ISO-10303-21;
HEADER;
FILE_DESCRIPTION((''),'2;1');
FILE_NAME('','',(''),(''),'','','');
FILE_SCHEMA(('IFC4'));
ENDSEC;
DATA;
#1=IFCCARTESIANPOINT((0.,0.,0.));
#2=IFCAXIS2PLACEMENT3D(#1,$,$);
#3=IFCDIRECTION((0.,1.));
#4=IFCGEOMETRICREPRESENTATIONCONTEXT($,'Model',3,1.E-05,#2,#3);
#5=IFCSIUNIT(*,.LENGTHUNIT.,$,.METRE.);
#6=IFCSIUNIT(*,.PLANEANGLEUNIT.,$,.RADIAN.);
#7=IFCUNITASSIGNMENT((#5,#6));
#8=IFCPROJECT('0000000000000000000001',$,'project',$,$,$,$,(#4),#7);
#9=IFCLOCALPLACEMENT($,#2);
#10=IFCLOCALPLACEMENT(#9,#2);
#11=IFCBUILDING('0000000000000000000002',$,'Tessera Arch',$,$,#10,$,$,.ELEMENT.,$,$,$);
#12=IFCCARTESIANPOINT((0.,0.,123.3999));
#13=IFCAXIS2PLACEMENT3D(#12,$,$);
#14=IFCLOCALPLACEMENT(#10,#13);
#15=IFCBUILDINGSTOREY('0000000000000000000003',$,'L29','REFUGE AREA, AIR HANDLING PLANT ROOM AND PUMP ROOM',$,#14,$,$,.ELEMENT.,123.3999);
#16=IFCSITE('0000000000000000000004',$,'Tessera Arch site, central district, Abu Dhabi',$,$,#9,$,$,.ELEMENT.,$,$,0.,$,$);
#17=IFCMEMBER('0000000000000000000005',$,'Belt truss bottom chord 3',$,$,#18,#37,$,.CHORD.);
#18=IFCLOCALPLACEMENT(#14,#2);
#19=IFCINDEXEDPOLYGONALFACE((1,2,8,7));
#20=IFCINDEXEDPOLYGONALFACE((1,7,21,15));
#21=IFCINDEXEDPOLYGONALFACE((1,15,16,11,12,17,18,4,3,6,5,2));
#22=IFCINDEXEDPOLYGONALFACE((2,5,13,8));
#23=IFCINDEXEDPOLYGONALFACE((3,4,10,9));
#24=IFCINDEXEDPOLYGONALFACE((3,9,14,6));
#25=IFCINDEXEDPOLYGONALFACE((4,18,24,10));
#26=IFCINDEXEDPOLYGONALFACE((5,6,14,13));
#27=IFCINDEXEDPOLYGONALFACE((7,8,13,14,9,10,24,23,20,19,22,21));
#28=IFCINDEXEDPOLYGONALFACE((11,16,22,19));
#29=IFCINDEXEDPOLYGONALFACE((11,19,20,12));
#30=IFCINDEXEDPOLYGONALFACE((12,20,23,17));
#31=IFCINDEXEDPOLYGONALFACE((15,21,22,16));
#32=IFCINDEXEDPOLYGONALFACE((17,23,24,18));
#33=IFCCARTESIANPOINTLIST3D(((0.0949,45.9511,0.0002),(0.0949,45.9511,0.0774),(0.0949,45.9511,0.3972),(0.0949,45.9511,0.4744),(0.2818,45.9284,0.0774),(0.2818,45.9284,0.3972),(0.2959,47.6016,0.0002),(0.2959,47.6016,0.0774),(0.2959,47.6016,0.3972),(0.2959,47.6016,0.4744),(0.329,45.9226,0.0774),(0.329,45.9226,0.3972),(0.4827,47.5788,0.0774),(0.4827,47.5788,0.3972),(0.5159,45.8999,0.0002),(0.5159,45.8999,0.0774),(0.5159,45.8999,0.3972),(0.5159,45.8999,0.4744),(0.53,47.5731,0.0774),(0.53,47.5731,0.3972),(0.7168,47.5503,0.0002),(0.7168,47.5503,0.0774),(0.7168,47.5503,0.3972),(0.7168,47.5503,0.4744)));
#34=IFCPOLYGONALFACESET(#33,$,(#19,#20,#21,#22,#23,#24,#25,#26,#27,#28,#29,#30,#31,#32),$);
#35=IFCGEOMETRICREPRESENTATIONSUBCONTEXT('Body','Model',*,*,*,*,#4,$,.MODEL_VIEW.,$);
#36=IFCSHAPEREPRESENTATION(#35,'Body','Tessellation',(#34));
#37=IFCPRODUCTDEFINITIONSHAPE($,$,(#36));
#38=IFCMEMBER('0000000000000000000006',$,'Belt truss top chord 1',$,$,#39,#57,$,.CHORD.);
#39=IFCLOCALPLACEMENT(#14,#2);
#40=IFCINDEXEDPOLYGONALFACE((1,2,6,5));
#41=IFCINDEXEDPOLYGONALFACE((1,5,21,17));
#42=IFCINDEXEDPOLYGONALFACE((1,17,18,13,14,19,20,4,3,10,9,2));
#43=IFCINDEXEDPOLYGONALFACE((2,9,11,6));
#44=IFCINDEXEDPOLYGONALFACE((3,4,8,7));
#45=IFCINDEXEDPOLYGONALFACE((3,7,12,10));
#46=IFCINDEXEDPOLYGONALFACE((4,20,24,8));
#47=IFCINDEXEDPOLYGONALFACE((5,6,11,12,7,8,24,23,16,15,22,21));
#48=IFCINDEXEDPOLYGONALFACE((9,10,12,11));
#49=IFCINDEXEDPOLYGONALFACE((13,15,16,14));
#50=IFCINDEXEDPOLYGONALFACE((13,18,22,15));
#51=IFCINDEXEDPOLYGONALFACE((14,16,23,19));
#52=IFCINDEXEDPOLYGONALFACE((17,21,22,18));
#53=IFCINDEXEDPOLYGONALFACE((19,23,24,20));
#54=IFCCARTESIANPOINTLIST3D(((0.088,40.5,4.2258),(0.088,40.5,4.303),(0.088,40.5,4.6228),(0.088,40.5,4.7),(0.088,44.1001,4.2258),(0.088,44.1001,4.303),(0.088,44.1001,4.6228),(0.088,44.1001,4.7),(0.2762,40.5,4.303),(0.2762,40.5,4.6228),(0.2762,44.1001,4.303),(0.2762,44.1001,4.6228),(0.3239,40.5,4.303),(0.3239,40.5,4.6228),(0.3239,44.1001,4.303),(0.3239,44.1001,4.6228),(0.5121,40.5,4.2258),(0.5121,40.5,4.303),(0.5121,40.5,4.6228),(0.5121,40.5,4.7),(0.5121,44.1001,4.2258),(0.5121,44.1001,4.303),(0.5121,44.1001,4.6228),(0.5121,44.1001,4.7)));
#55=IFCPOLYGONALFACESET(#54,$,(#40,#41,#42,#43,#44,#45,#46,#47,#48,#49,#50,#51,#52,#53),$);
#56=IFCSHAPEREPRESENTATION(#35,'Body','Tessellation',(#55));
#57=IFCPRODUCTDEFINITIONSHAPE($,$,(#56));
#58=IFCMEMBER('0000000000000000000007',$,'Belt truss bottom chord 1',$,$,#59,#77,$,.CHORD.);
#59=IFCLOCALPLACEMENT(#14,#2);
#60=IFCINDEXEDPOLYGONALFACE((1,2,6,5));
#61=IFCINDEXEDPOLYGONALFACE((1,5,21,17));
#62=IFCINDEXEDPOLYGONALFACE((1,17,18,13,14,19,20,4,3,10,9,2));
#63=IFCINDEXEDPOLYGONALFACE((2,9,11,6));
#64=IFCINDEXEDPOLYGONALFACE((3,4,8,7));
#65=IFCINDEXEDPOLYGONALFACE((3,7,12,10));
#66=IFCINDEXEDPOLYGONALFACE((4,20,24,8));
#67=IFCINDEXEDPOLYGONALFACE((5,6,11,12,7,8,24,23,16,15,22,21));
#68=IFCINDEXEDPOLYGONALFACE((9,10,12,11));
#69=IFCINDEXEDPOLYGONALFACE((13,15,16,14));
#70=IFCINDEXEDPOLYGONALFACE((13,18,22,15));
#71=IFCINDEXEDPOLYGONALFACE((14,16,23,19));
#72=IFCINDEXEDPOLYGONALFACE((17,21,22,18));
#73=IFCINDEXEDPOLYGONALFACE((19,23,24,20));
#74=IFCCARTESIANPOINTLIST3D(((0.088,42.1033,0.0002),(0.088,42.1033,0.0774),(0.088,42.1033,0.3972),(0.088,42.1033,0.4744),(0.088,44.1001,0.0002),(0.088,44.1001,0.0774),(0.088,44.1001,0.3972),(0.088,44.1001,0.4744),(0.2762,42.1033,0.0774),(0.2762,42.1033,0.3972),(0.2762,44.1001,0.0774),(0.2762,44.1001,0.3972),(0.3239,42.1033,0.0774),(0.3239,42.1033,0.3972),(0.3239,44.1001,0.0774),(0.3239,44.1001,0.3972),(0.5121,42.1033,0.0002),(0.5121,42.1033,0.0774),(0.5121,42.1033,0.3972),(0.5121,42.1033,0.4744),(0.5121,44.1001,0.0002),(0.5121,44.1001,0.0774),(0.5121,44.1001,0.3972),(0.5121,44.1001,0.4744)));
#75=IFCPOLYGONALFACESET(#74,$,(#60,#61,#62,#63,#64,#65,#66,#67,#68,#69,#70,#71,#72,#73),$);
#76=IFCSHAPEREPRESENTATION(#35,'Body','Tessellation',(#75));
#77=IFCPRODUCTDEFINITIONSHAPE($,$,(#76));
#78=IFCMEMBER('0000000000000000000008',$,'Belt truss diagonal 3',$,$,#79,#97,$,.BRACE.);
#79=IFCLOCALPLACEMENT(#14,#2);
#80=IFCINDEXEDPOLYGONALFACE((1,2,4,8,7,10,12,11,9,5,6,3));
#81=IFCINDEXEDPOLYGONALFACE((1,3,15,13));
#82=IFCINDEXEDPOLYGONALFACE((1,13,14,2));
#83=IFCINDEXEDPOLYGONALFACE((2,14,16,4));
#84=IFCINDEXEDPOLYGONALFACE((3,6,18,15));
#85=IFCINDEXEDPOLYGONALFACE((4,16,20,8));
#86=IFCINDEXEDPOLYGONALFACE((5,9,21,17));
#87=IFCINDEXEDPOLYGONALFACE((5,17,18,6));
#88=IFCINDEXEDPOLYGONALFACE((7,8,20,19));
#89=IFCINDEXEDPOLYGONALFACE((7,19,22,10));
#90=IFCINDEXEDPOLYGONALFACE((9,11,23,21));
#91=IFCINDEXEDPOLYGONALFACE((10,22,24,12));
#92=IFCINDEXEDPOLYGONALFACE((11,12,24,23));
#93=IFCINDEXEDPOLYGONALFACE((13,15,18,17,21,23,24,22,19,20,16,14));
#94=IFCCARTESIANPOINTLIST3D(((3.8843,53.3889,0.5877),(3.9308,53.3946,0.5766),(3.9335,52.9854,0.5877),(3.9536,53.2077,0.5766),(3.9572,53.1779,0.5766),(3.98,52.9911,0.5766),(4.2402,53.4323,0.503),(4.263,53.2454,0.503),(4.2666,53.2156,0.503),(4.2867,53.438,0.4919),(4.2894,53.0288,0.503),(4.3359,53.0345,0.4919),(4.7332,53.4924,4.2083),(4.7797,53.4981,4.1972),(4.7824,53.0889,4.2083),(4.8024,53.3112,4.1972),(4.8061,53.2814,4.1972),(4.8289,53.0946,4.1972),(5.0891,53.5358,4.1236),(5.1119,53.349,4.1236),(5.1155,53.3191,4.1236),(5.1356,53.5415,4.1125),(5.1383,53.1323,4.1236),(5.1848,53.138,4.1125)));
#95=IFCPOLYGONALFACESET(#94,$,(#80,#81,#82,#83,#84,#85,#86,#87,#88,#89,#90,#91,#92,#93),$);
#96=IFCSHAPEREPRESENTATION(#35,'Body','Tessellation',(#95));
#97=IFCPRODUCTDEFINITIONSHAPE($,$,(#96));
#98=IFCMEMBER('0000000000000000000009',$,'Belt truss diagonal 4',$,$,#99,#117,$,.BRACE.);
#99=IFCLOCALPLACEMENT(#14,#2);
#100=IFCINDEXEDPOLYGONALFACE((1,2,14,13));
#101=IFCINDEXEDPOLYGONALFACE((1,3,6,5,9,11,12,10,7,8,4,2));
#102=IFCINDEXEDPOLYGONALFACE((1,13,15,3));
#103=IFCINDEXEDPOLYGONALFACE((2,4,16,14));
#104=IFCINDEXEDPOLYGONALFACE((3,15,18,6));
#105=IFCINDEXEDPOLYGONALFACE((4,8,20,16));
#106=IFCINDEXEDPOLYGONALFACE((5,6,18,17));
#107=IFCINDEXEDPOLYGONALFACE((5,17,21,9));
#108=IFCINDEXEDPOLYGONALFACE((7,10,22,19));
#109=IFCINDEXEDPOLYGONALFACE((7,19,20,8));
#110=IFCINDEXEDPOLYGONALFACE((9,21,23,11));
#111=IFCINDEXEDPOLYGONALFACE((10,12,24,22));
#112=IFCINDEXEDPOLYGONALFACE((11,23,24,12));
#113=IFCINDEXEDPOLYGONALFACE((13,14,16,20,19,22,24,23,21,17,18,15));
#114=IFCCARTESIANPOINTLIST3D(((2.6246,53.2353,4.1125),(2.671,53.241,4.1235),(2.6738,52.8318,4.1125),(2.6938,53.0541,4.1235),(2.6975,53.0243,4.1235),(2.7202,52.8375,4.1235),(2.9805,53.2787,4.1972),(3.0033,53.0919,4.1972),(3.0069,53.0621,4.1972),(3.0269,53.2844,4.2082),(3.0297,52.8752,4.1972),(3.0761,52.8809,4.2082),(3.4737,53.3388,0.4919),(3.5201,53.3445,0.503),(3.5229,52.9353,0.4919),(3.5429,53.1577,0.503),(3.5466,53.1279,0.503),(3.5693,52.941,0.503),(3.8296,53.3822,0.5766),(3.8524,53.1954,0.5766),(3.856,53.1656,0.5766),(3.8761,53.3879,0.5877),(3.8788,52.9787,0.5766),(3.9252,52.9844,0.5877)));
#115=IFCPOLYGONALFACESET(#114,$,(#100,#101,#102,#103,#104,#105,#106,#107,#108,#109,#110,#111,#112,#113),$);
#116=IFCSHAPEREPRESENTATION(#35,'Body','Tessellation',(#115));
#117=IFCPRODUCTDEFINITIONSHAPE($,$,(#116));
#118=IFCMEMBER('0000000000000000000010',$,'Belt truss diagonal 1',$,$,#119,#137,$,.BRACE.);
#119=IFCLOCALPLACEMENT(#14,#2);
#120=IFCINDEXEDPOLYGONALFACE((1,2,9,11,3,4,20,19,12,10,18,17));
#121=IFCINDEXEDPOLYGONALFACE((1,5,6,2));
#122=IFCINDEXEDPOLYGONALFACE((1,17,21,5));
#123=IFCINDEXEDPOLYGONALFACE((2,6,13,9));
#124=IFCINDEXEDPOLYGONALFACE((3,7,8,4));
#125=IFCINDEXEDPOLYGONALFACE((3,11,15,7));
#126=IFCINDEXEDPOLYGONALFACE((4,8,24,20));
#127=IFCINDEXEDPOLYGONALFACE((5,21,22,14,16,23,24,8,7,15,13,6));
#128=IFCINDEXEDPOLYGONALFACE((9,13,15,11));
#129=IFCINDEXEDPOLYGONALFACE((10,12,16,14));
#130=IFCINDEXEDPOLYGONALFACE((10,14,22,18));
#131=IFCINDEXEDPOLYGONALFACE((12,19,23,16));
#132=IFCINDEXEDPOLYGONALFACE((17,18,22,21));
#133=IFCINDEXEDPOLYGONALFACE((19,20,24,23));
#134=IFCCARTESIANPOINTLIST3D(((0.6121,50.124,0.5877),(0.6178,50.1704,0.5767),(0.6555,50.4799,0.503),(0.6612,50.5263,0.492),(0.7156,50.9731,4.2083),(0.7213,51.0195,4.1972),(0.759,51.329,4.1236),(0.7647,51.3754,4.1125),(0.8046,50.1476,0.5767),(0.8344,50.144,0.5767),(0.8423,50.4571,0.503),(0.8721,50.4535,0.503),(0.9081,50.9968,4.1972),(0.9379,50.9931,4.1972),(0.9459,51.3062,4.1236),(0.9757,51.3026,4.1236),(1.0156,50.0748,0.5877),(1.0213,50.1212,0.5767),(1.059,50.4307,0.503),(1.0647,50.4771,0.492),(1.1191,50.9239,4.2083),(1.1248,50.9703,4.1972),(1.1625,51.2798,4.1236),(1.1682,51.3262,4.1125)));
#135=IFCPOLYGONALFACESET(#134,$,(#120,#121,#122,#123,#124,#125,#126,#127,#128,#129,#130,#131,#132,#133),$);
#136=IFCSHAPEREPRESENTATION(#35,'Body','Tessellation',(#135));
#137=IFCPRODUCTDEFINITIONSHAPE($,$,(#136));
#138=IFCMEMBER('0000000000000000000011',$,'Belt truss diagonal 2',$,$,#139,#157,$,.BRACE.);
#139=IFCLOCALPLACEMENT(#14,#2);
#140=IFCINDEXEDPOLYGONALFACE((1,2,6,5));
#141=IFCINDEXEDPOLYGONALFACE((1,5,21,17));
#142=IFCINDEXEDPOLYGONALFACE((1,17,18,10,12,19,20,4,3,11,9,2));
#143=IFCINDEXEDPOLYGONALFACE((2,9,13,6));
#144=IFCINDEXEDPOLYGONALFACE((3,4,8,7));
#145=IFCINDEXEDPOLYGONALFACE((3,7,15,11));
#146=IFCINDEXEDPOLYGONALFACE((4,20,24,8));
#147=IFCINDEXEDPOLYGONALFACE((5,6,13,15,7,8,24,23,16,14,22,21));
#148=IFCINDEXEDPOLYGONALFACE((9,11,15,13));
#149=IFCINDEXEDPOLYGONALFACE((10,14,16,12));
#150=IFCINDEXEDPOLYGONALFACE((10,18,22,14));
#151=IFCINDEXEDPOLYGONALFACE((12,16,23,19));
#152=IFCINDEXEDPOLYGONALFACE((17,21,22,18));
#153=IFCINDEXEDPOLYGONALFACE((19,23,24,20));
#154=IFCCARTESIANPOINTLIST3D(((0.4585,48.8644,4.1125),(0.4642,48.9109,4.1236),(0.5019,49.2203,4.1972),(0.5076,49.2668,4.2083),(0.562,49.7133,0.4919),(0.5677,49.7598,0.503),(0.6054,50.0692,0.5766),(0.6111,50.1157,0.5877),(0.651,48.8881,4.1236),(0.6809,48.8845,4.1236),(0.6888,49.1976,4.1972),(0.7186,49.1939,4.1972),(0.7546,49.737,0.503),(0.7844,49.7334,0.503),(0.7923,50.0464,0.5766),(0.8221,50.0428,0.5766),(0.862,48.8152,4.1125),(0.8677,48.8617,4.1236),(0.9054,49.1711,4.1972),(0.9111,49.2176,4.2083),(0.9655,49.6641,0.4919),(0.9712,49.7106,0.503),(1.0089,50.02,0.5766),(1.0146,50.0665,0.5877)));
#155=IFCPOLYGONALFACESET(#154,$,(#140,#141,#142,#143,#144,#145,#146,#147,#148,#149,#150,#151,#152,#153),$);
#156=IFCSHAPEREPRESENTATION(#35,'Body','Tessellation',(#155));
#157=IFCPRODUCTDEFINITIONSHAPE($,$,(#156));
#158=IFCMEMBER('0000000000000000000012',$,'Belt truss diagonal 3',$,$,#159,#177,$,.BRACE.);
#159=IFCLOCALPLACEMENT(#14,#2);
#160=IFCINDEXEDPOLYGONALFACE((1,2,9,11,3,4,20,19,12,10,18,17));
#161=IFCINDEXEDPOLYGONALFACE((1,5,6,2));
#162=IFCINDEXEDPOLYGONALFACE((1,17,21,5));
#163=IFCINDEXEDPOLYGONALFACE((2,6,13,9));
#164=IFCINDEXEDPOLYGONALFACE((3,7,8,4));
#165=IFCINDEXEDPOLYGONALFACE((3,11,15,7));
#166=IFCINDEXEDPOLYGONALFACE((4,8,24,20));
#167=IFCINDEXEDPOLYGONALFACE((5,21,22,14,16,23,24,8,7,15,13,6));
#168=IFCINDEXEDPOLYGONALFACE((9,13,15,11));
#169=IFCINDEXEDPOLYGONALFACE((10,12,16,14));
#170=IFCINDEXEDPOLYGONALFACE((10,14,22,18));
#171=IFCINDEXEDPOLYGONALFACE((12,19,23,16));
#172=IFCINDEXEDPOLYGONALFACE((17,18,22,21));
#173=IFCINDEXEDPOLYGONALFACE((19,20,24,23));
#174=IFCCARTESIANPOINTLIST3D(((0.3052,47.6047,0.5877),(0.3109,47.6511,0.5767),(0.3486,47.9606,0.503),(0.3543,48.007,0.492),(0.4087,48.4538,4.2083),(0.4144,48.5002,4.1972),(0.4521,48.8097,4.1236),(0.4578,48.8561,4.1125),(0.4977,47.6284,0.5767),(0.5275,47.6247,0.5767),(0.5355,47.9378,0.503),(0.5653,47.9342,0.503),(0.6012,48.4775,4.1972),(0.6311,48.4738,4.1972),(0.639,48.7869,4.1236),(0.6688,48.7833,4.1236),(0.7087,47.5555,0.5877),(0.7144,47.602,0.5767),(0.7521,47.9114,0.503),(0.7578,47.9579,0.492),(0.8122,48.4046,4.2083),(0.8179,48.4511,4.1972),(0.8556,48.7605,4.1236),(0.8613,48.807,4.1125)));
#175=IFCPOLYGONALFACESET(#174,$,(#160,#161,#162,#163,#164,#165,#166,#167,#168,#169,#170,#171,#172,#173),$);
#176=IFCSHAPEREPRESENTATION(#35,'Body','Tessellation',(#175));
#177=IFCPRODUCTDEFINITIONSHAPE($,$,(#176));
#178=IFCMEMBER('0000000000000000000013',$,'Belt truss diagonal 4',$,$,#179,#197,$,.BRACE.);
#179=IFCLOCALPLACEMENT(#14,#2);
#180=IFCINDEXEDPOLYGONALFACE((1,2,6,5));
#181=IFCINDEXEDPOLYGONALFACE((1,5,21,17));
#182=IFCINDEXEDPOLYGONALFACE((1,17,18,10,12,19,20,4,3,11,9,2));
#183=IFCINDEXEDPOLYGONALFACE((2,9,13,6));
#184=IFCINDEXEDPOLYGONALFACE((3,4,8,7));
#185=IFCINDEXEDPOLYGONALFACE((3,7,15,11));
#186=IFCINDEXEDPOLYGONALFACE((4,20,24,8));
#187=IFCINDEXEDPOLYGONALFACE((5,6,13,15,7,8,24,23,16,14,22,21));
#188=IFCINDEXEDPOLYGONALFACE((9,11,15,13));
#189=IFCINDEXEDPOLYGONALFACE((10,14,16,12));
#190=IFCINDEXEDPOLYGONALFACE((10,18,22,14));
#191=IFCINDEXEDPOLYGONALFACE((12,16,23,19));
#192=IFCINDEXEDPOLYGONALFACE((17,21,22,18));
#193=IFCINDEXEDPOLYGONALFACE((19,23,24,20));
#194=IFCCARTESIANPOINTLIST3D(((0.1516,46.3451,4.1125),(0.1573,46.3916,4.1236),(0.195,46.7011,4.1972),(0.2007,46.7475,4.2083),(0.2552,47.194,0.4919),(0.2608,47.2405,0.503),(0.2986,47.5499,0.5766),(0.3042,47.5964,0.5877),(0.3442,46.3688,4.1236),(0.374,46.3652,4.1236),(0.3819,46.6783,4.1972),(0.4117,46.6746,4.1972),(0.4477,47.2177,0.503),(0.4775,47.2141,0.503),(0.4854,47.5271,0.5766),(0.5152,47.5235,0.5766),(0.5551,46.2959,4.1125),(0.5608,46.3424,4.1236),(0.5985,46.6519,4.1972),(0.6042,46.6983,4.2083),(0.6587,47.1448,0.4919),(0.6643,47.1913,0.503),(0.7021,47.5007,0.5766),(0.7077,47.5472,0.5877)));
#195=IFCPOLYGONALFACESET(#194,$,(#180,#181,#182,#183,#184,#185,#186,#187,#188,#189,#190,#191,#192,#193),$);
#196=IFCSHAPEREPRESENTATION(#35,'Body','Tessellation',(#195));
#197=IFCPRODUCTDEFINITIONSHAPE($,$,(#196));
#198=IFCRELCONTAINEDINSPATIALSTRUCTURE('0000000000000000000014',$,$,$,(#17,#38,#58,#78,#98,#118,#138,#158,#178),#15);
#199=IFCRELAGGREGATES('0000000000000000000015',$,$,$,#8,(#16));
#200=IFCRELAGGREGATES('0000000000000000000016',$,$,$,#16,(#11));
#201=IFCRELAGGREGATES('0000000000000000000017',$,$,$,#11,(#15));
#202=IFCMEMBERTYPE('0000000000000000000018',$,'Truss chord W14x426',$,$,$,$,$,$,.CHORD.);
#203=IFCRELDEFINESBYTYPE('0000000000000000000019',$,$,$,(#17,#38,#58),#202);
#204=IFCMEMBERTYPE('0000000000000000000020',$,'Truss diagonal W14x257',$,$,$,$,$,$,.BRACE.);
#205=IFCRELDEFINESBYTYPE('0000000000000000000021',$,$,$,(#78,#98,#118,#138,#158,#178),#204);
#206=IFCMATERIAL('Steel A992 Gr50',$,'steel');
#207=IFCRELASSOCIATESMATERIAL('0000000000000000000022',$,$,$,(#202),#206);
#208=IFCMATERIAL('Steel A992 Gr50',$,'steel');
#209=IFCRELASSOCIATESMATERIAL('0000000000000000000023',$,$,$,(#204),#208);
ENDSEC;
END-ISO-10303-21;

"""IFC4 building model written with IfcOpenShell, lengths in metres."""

from ifc_helpers import new_model, si_unit, direction, frame, origin, origin_2d, place, context, subcontext, project, spatial, i_section, extrude, material, material_profile, profile_set, type_object, element, save


model = new_model("IFC4")

# Units and contexts
model_context = context("Model", 3, precision=1e-05, world=origin(), true_north=direction((0.0, 1.0)))
body_context = subcontext(model_context, "Body", "Model", "MODEL_VIEW")
ifc_project = project(units=[si_unit("LENGTHUNIT", "METRE"), si_unit("PLANEANGLEUNIT", "RADIAN")], contexts=[model_context])

# Site, building, storey
site_placement = place(None, origin())
site = spatial("IfcSite", under=ifc_project, at=site_placement, Name="Tessera Arch site, central district, Abu Dhabi", CompositionType="ELEMENT", RefElevation=0.0)
building_placement = place(site_placement, origin())
building = spatial("IfcBuilding", under=site, at=building_placement, Name="Tessera Arch", CompositionType="ELEMENT")
storey_placement = place(building_placement, frame((0.0, 0.0, 123.3999)))
storey = spatial("IfcBuildingStorey", under=building, at=storey_placement, Name="L29", Description="REFUGE AREA, AIR HANDLING PLANT ROOM AND PUMP ROOM", CompositionType="ELEMENT", Elevation=123.3999)

# Members
ifc_material_1 = material(Name="Steel A992 Gr50", Category="steel")
ifc_material_profile_1 = material_profile(ifc_material_1, i_section(OverallWidth=0.4241, OverallDepth=0.4741, WebThickness=0.0476, FlangeThickness=0.0771, at=origin_2d()), Name="W14x426")
ifc_profile_set_1 = profile_set([ifc_material_profile_1], Name="Steel A992 Gr50")
member_type_1 = type_object("IfcMemberType", Name="Truss chord W14x426", PredefinedType="CHORD", material=ifc_profile_set_1)
member_1_placement = place(storey_placement, frame((0.5063, 47.5759, 0.2373), z_axis=(-0.120853, -0.99267, 0.0), x_axis=(0.99267, -0.120853, 0.0)))
element("IfcMember", 1, at=member_1_placement, inside=storey, type_object=member_type_1, Name="Belt truss bottom chord 3", PredefinedType="CHORD", context=body_context, shape_type="SweptSolid", body=[
    extrude(i_section(OverallWidth=0.4241, OverallDepth=0.4741, WebThickness=0.0476, FlangeThickness=0.0771, at=origin_2d()), origin(), (0.0, 0.0, 1.0), 1.6626),
])
member_2_placement = place(storey_placement, frame((0.3, 44.1001, 4.4629), z_axis=(0.0, -1.0, 0.0), x_axis=(1.0, 0.0, 0.0)))
element("IfcMember", 2, at=member_2_placement, inside=storey, type_object=member_type_1, Name="Belt truss top chord 1", PredefinedType="CHORD", context=body_context, shape_type="SweptSolid", body=[
    extrude(i_section(OverallWidth=0.4241, OverallDepth=0.4741, WebThickness=0.0476, FlangeThickness=0.0771, at=origin_2d()), origin(), (0.0, 0.0, 1.0), 3.6001),
])
member_3_placement = place(storey_placement, frame((0.3, 44.1001, 0.2373), z_axis=(0.0, -1.0, 0.0), x_axis=(1.0, 0.0, 0.0)))
element("IfcMember", 3, at=member_3_placement, inside=storey, type_object=member_type_1, Name="Belt truss bottom chord 1", PredefinedType="CHORD", context=body_context, shape_type="SweptSolid", body=[
    extrude(i_section(OverallWidth=0.4241, OverallDepth=0.4741, WebThickness=0.0476, FlangeThickness=0.0771, at=origin_2d()), origin(), (0.0, 0.0, 1.0), 1.9968),
])
ifc_material_2 = material(Name="Steel A992 Gr50", Category="steel")
ifc_material_profile_2 = material_profile(ifc_material_2, i_section(OverallWidth=0.4065, OverallDepth=0.4165, WebThickness=0.03, FlangeThickness=0.0481, at=origin_2d()), Name="W14x257")
ifc_profile_set_2 = profile_set([ifc_material_profile_2], Name="Steel A992 Gr50")
member_type_2 = type_object("IfcMemberType", Name="Truss diagonal W14x257", PredefinedType="BRACE", material=ifc_profile_set_2)
for number, where, z_axis, x_axis, name in (
    (4, (4.959, 53.3152, 4.1604), (-0.228179, -0.027825, -0.973222), (0.121048, -0.992647, 0.0), "Belt truss diagonal 3"),
    (5, (3.6995, 53.1616, 0.5398), (-0.228241, -0.027825, 0.973207), (0.121013, -0.992651, 0.0), "Belt truss diagonal 4"),
    (6, (0.9419, 51.1497, 4.1604), (-0.027825, -0.228241, -0.973207), (0.992651, -0.121013, 0.0), "Belt truss diagonal 1"),
    (7, (0.7883, 49.8899, 0.5398), (-0.027825, -0.228179, 0.973222), (0.992647, -0.121048, 0.0), "Belt truss diagonal 2"),
    (8, (0.635, 48.6304, 4.1604), (-0.027825, -0.228241, -0.973207), (0.992651, -0.121013, 0.0), "Belt truss diagonal 3"),
    (9, (0.4814, 47.3706, 0.5398), (-0.027825, -0.228179, 0.973222), (0.992647, -0.121048, 0.0), "Belt truss diagonal 4"),
):
    element("IfcMember", number, at=place(storey_placement, frame(where, z_axis=z_axis, x_axis=x_axis)), inside=storey, type_object=member_type_2, Name=name, PredefinedType="BRACE", context=body_context, shape_type="SweptSolid", body=[
        extrude(i_section(OverallWidth=0.4065, OverallDepth=0.4165, WebThickness=0.03, FlangeThickness=0.0481, at=origin_2d()), origin(), (0.0, 0.0, 1.0), 3.7202),
    ])

save(model, "model.ifc")
